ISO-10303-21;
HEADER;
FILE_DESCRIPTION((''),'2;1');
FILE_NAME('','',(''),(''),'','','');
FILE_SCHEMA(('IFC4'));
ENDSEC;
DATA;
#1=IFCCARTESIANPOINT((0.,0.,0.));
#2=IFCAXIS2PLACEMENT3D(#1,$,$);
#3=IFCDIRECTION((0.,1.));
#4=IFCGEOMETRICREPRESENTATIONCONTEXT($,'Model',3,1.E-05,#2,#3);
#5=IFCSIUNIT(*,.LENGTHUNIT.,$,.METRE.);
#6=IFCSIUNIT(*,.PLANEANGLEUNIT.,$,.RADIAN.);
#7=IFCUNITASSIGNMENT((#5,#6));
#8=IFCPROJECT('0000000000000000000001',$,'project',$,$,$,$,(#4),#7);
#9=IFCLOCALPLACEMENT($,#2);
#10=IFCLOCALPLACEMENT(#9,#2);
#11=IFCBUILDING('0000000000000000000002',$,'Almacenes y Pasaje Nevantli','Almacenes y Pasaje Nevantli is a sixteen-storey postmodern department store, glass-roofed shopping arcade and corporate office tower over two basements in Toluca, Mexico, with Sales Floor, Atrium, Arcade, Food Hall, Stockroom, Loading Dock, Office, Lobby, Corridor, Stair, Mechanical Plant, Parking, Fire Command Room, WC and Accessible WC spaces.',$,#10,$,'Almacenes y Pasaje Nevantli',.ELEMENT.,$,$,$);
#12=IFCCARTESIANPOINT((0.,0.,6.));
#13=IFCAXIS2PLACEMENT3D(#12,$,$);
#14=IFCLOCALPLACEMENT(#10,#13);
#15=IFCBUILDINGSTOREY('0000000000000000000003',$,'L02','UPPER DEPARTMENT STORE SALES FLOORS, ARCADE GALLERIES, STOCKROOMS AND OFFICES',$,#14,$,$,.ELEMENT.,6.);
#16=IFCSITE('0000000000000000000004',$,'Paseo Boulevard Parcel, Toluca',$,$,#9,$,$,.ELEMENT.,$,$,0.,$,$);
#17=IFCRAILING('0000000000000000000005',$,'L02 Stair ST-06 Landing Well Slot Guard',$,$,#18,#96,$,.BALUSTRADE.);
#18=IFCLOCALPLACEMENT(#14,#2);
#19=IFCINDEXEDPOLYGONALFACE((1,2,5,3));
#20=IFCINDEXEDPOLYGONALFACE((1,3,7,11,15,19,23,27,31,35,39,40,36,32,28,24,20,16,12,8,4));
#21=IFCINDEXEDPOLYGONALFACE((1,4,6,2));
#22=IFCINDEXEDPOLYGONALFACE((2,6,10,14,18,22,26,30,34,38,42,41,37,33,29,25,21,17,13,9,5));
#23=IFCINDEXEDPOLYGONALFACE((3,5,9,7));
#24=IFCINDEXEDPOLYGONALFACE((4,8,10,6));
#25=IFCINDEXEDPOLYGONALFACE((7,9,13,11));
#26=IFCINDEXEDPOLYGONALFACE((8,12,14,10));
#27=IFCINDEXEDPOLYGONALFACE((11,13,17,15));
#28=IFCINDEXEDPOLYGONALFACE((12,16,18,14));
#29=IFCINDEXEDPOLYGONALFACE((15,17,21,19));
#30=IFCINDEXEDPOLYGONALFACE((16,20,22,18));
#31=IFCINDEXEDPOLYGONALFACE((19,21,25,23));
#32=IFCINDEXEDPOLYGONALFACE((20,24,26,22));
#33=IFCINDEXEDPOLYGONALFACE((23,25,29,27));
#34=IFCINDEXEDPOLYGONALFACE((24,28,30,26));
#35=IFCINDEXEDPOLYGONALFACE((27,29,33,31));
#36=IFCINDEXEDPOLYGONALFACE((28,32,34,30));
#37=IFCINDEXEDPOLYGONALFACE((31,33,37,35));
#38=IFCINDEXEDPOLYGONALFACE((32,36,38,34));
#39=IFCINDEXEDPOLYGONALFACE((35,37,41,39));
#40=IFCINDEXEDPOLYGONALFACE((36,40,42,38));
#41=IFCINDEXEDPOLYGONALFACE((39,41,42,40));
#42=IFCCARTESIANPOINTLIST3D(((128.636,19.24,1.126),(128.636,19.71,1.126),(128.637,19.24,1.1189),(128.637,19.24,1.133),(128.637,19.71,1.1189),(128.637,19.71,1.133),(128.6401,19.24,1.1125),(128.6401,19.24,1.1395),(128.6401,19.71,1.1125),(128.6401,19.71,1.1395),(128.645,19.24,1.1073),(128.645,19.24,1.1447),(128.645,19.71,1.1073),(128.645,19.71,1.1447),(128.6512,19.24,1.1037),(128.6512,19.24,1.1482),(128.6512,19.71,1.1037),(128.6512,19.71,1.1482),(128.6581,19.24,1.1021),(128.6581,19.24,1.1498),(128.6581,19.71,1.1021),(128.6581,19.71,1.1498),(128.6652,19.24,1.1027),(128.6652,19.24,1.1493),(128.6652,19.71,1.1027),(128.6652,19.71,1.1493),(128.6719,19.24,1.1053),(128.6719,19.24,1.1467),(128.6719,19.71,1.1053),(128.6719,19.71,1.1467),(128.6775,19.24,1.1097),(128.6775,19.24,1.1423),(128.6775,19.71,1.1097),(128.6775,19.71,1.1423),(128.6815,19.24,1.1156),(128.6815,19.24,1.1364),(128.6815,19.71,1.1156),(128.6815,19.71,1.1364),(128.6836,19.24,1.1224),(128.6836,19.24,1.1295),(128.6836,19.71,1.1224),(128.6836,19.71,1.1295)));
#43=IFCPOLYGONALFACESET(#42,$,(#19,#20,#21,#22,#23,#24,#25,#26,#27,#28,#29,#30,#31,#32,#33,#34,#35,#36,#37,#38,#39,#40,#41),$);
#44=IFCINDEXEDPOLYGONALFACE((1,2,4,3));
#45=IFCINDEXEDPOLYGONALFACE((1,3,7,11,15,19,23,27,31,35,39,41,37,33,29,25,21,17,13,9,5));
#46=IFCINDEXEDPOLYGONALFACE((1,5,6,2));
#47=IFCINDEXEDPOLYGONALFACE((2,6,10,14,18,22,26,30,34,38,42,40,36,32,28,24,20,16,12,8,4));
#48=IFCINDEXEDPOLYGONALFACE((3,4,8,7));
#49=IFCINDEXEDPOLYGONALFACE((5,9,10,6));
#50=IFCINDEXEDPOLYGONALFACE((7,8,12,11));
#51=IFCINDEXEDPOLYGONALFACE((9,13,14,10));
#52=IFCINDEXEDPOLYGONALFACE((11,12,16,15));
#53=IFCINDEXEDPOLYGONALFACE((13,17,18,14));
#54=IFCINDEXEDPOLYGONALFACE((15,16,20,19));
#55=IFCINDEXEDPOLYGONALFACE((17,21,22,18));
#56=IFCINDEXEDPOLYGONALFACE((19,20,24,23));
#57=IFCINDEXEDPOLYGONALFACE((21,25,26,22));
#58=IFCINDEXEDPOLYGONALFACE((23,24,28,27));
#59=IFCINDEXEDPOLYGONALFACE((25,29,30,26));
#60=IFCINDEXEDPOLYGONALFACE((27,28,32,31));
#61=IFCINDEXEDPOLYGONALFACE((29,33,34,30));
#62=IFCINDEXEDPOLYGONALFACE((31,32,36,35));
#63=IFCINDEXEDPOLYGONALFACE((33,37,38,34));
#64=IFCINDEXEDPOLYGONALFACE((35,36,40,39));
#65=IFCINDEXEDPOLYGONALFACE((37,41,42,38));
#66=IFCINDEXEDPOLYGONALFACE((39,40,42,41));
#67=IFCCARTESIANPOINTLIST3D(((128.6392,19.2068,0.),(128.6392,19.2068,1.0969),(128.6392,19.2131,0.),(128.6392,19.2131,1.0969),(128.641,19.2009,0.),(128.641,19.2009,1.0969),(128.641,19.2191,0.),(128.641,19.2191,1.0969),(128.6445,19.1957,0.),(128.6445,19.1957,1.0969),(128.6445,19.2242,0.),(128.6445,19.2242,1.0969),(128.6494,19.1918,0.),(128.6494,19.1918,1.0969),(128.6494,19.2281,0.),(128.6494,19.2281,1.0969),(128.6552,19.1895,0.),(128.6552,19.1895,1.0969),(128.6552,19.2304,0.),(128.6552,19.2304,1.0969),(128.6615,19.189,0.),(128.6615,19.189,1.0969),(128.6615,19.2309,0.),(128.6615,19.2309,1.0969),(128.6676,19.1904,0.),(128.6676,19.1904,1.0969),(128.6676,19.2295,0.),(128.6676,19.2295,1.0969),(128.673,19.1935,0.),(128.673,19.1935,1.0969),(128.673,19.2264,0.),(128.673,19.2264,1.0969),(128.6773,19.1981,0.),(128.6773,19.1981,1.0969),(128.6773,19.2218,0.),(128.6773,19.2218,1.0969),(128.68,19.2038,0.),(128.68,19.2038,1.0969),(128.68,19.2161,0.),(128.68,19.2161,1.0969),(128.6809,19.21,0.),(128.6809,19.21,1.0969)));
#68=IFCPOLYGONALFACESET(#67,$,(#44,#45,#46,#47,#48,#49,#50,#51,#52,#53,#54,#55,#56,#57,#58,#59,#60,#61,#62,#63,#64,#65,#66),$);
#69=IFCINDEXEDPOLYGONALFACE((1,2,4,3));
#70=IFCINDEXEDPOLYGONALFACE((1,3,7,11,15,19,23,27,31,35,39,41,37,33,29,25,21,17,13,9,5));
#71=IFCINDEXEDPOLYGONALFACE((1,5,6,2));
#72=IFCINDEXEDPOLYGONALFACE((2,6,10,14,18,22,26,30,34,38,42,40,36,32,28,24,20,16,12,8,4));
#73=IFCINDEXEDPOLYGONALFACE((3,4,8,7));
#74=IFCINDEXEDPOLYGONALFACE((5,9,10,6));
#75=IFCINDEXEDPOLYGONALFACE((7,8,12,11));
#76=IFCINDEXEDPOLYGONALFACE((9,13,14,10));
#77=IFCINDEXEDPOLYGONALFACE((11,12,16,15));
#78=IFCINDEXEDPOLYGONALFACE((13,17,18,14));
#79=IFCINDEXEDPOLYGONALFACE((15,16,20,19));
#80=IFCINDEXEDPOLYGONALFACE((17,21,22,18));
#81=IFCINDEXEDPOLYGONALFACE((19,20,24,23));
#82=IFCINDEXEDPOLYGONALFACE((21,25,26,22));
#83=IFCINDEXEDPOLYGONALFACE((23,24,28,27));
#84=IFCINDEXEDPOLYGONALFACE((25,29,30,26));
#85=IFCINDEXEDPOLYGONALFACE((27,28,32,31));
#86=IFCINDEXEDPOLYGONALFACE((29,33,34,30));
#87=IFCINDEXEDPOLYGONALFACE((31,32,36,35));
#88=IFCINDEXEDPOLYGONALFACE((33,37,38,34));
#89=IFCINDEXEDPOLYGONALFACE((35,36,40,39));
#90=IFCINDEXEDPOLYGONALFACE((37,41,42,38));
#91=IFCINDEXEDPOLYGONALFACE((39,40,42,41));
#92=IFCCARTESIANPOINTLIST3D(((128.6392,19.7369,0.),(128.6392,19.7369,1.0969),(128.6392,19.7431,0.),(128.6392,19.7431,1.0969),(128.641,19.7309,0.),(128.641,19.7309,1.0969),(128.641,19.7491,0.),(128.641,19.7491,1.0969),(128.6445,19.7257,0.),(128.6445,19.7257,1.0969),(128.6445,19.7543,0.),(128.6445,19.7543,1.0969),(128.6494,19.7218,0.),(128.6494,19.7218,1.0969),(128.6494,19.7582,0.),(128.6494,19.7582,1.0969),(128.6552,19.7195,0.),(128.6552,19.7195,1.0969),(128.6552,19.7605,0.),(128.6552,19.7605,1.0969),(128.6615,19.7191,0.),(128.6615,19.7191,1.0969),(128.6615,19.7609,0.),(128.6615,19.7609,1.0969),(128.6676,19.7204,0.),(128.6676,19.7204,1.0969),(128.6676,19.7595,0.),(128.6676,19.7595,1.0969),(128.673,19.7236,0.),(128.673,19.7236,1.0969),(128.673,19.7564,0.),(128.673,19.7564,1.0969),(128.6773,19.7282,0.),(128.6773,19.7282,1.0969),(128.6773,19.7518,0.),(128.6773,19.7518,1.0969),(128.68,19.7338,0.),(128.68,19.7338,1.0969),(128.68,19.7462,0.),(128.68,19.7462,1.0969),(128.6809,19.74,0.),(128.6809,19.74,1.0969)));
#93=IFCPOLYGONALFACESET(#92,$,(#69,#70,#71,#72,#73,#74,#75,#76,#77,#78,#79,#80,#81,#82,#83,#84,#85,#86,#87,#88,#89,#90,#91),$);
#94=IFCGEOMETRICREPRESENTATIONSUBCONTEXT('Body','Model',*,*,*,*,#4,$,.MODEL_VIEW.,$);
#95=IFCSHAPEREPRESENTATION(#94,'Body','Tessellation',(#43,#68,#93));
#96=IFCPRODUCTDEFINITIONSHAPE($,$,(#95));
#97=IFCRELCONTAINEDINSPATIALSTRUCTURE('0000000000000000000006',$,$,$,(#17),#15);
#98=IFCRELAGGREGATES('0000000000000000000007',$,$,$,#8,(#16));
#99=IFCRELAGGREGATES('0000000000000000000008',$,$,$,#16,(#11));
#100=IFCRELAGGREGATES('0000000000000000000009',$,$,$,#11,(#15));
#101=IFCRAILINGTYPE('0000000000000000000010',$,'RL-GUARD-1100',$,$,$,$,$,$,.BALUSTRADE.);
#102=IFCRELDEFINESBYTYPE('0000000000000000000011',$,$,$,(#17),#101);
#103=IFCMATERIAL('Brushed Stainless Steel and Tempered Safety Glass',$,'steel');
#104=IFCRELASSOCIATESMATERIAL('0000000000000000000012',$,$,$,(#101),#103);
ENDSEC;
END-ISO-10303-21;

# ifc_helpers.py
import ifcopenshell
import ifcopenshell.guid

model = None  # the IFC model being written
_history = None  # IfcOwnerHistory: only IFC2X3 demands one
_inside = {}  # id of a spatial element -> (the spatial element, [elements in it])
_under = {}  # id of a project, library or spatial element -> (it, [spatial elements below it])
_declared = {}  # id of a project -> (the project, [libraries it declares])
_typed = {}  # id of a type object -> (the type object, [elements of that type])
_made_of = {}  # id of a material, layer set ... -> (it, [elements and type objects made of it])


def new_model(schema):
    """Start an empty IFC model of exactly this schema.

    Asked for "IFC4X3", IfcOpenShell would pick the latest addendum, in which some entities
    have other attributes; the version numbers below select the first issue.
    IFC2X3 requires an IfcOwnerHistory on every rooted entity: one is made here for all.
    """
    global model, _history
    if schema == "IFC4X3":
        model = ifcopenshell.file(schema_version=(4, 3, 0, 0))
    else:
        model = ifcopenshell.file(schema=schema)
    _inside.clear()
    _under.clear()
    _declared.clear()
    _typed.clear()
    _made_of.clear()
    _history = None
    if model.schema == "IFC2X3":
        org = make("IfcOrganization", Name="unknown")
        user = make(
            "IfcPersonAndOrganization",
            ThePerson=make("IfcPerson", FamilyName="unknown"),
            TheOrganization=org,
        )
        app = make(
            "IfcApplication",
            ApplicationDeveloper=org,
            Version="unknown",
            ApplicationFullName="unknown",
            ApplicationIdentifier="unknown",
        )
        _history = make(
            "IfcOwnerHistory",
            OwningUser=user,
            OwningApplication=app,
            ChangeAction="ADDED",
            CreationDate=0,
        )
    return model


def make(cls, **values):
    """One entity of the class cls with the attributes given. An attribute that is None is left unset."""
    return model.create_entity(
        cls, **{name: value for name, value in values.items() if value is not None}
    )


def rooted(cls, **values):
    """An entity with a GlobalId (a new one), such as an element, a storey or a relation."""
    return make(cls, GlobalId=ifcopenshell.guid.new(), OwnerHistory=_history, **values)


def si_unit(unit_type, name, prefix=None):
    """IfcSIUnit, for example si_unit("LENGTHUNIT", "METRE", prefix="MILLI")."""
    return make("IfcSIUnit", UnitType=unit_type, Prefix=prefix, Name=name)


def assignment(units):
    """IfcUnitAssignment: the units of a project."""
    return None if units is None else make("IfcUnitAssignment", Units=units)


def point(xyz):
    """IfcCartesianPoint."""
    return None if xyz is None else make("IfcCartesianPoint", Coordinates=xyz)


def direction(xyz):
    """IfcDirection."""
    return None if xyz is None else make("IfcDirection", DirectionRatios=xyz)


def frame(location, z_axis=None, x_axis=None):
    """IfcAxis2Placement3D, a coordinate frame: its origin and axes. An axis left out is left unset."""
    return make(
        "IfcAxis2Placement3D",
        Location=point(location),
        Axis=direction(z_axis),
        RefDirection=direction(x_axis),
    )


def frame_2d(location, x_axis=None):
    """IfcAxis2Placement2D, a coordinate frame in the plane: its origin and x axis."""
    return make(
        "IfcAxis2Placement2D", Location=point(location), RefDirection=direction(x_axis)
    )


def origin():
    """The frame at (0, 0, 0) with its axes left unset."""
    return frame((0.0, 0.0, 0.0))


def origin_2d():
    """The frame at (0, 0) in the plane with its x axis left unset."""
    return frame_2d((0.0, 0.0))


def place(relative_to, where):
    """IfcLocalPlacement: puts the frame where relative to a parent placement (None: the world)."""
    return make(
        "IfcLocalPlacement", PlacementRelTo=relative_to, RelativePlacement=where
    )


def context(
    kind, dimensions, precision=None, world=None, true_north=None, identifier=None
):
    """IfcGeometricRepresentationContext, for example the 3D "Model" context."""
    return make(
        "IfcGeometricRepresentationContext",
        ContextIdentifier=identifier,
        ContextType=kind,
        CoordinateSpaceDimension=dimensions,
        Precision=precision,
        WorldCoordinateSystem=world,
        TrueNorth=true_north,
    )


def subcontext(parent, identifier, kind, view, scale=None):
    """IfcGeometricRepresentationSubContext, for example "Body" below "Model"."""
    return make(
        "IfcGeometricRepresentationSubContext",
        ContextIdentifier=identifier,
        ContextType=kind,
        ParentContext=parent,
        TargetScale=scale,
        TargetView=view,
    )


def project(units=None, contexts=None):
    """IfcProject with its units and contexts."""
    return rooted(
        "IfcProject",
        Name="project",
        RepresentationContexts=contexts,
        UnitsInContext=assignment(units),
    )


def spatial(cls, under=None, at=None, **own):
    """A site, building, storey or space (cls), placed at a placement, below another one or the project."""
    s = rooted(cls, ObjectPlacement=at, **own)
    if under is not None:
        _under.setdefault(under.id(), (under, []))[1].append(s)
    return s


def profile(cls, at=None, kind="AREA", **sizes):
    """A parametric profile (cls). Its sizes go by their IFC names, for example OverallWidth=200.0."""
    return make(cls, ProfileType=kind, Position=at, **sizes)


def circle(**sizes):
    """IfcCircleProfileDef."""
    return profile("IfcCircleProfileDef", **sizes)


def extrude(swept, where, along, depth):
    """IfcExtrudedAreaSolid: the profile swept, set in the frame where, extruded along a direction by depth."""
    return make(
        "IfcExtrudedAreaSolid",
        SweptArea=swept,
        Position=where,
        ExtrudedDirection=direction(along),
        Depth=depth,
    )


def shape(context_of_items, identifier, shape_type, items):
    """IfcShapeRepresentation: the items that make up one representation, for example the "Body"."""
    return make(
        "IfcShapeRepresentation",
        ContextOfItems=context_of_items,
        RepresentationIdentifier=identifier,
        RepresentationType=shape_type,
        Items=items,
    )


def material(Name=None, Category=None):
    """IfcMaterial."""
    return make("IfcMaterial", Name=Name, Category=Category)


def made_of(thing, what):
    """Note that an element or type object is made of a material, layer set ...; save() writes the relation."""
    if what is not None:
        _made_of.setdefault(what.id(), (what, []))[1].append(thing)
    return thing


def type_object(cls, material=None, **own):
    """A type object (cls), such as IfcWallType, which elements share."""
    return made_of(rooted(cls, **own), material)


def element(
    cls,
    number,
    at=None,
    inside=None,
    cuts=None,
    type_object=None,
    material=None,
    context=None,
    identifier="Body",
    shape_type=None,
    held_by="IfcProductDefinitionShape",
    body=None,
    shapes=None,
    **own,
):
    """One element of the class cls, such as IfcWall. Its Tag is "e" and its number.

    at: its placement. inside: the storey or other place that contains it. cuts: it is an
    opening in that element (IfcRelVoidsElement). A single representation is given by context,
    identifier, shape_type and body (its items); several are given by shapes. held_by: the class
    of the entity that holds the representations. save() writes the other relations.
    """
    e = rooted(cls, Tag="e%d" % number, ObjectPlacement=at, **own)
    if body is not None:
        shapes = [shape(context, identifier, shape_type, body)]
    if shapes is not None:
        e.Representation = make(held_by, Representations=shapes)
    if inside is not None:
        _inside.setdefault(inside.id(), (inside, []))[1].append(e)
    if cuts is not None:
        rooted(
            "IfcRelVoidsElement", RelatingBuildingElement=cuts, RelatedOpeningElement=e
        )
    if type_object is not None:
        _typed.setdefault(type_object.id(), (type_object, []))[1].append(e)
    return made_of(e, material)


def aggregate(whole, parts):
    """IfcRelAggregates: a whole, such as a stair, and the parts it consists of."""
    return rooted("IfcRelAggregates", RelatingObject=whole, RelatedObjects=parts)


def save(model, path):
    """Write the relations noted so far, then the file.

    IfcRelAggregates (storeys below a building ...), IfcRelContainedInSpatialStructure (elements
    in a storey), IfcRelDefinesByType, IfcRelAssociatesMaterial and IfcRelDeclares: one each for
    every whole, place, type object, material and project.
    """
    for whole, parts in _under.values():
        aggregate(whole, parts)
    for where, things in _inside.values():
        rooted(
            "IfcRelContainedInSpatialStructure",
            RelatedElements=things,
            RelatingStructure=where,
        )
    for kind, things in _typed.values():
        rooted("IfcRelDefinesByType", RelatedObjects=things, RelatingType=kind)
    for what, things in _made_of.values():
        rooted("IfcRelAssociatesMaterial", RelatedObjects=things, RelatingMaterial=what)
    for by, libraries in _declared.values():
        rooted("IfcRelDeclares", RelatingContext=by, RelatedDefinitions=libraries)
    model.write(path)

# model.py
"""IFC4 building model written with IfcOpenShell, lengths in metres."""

from ifc_helpers import new_model, si_unit, direction, frame, origin, origin_2d, place, context, subcontext, project, spatial, circle, extrude, material, type_object, element, save


model = new_model("IFC4")

# Units and contexts
model_context = context("Model", 3, precision=1e-05, world=origin(), true_north=direction((0.0, 1.0)))
body_context = subcontext(model_context, "Body", "Model", "MODEL_VIEW")
ifc_project = project(units=[si_unit("LENGTHUNIT", "METRE"), si_unit("PLANEANGLEUNIT", "RADIAN")], contexts=[model_context])

# Site, building, storey
site_placement = place(None, origin())
site = spatial("IfcSite", under=ifc_project, at=site_placement, Name="Paseo Boulevard Parcel, Toluca", CompositionType="ELEMENT", RefElevation=0.0)
building_placement = place(site_placement, origin())
building = spatial("IfcBuilding", under=site, at=building_placement, Name="Almacenes y Pasaje Nevantli", Description="Almacenes y Pasaje Nevantli is a sixteen-storey postmodern department store, glass-roofed shopping arcade and corporate office tower over two basements in Toluca, Mexico, with Sales Floor, Atrium, Arcade, Food Hall, Stockroom, Loading Dock, Office, Lobby, Corridor, Stair, Mechanical Plant, Parking, Fire Command Room, WC and Accessible WC spaces.", LongName="Almacenes y Pasaje Nevantli", CompositionType="ELEMENT")
storey_placement = place(building_placement, frame((0.0, 0.0, 6.0)))
storey = spatial("IfcBuildingStorey", under=building, at=storey_placement, Name="L02", Description="UPPER DEPARTMENT STORE SALES FLOORS, ARCADE GALLERIES, STOCKROOMS AND OFFICES", CompositionType="ELEMENT", Elevation=6.0)

# Railing
ifc_material_1 = material(Name="Brushed Stainless Steel and Tempered Safety Glass", Category="steel")
railing_type_1 = type_object("IfcRailingType", Name="RL-GUARD-1100", PredefinedType="BALUSTRADE", material=ifc_material_1)
railing_1_placement = place(storey_placement, frame((128.6599, 19.21, 0.0)))
element("IfcRailing", 1, at=railing_1_placement, inside=storey, type_object=railing_type_1, Name="L02 Stair ST-06 Landing Well Slot Guard", PredefinedType="BALUSTRADE", context=body_context, shape_type="SweptSolid", body=[
    extrude(circle(Radius=0.0239, at=origin_2d()), frame((0.0, 0.03, 1.126), z_axis=(0.0, 1.0, 0.0), x_axis=(-1.0, 0.0, 0.0)), (0.0, 0.0, 1.0), 0.47),
    extrude(circle(Radius=0.021, at=origin_2d()), origin(), (0.0, 0.0, 1.0), 1.0969),
    extrude(circle(Radius=0.021, at=origin_2d()), frame((0.0, 0.53, 0.0)), (0.0, 0.0, 1.0), 1.0969),
])

save(model, "model.ifc")
